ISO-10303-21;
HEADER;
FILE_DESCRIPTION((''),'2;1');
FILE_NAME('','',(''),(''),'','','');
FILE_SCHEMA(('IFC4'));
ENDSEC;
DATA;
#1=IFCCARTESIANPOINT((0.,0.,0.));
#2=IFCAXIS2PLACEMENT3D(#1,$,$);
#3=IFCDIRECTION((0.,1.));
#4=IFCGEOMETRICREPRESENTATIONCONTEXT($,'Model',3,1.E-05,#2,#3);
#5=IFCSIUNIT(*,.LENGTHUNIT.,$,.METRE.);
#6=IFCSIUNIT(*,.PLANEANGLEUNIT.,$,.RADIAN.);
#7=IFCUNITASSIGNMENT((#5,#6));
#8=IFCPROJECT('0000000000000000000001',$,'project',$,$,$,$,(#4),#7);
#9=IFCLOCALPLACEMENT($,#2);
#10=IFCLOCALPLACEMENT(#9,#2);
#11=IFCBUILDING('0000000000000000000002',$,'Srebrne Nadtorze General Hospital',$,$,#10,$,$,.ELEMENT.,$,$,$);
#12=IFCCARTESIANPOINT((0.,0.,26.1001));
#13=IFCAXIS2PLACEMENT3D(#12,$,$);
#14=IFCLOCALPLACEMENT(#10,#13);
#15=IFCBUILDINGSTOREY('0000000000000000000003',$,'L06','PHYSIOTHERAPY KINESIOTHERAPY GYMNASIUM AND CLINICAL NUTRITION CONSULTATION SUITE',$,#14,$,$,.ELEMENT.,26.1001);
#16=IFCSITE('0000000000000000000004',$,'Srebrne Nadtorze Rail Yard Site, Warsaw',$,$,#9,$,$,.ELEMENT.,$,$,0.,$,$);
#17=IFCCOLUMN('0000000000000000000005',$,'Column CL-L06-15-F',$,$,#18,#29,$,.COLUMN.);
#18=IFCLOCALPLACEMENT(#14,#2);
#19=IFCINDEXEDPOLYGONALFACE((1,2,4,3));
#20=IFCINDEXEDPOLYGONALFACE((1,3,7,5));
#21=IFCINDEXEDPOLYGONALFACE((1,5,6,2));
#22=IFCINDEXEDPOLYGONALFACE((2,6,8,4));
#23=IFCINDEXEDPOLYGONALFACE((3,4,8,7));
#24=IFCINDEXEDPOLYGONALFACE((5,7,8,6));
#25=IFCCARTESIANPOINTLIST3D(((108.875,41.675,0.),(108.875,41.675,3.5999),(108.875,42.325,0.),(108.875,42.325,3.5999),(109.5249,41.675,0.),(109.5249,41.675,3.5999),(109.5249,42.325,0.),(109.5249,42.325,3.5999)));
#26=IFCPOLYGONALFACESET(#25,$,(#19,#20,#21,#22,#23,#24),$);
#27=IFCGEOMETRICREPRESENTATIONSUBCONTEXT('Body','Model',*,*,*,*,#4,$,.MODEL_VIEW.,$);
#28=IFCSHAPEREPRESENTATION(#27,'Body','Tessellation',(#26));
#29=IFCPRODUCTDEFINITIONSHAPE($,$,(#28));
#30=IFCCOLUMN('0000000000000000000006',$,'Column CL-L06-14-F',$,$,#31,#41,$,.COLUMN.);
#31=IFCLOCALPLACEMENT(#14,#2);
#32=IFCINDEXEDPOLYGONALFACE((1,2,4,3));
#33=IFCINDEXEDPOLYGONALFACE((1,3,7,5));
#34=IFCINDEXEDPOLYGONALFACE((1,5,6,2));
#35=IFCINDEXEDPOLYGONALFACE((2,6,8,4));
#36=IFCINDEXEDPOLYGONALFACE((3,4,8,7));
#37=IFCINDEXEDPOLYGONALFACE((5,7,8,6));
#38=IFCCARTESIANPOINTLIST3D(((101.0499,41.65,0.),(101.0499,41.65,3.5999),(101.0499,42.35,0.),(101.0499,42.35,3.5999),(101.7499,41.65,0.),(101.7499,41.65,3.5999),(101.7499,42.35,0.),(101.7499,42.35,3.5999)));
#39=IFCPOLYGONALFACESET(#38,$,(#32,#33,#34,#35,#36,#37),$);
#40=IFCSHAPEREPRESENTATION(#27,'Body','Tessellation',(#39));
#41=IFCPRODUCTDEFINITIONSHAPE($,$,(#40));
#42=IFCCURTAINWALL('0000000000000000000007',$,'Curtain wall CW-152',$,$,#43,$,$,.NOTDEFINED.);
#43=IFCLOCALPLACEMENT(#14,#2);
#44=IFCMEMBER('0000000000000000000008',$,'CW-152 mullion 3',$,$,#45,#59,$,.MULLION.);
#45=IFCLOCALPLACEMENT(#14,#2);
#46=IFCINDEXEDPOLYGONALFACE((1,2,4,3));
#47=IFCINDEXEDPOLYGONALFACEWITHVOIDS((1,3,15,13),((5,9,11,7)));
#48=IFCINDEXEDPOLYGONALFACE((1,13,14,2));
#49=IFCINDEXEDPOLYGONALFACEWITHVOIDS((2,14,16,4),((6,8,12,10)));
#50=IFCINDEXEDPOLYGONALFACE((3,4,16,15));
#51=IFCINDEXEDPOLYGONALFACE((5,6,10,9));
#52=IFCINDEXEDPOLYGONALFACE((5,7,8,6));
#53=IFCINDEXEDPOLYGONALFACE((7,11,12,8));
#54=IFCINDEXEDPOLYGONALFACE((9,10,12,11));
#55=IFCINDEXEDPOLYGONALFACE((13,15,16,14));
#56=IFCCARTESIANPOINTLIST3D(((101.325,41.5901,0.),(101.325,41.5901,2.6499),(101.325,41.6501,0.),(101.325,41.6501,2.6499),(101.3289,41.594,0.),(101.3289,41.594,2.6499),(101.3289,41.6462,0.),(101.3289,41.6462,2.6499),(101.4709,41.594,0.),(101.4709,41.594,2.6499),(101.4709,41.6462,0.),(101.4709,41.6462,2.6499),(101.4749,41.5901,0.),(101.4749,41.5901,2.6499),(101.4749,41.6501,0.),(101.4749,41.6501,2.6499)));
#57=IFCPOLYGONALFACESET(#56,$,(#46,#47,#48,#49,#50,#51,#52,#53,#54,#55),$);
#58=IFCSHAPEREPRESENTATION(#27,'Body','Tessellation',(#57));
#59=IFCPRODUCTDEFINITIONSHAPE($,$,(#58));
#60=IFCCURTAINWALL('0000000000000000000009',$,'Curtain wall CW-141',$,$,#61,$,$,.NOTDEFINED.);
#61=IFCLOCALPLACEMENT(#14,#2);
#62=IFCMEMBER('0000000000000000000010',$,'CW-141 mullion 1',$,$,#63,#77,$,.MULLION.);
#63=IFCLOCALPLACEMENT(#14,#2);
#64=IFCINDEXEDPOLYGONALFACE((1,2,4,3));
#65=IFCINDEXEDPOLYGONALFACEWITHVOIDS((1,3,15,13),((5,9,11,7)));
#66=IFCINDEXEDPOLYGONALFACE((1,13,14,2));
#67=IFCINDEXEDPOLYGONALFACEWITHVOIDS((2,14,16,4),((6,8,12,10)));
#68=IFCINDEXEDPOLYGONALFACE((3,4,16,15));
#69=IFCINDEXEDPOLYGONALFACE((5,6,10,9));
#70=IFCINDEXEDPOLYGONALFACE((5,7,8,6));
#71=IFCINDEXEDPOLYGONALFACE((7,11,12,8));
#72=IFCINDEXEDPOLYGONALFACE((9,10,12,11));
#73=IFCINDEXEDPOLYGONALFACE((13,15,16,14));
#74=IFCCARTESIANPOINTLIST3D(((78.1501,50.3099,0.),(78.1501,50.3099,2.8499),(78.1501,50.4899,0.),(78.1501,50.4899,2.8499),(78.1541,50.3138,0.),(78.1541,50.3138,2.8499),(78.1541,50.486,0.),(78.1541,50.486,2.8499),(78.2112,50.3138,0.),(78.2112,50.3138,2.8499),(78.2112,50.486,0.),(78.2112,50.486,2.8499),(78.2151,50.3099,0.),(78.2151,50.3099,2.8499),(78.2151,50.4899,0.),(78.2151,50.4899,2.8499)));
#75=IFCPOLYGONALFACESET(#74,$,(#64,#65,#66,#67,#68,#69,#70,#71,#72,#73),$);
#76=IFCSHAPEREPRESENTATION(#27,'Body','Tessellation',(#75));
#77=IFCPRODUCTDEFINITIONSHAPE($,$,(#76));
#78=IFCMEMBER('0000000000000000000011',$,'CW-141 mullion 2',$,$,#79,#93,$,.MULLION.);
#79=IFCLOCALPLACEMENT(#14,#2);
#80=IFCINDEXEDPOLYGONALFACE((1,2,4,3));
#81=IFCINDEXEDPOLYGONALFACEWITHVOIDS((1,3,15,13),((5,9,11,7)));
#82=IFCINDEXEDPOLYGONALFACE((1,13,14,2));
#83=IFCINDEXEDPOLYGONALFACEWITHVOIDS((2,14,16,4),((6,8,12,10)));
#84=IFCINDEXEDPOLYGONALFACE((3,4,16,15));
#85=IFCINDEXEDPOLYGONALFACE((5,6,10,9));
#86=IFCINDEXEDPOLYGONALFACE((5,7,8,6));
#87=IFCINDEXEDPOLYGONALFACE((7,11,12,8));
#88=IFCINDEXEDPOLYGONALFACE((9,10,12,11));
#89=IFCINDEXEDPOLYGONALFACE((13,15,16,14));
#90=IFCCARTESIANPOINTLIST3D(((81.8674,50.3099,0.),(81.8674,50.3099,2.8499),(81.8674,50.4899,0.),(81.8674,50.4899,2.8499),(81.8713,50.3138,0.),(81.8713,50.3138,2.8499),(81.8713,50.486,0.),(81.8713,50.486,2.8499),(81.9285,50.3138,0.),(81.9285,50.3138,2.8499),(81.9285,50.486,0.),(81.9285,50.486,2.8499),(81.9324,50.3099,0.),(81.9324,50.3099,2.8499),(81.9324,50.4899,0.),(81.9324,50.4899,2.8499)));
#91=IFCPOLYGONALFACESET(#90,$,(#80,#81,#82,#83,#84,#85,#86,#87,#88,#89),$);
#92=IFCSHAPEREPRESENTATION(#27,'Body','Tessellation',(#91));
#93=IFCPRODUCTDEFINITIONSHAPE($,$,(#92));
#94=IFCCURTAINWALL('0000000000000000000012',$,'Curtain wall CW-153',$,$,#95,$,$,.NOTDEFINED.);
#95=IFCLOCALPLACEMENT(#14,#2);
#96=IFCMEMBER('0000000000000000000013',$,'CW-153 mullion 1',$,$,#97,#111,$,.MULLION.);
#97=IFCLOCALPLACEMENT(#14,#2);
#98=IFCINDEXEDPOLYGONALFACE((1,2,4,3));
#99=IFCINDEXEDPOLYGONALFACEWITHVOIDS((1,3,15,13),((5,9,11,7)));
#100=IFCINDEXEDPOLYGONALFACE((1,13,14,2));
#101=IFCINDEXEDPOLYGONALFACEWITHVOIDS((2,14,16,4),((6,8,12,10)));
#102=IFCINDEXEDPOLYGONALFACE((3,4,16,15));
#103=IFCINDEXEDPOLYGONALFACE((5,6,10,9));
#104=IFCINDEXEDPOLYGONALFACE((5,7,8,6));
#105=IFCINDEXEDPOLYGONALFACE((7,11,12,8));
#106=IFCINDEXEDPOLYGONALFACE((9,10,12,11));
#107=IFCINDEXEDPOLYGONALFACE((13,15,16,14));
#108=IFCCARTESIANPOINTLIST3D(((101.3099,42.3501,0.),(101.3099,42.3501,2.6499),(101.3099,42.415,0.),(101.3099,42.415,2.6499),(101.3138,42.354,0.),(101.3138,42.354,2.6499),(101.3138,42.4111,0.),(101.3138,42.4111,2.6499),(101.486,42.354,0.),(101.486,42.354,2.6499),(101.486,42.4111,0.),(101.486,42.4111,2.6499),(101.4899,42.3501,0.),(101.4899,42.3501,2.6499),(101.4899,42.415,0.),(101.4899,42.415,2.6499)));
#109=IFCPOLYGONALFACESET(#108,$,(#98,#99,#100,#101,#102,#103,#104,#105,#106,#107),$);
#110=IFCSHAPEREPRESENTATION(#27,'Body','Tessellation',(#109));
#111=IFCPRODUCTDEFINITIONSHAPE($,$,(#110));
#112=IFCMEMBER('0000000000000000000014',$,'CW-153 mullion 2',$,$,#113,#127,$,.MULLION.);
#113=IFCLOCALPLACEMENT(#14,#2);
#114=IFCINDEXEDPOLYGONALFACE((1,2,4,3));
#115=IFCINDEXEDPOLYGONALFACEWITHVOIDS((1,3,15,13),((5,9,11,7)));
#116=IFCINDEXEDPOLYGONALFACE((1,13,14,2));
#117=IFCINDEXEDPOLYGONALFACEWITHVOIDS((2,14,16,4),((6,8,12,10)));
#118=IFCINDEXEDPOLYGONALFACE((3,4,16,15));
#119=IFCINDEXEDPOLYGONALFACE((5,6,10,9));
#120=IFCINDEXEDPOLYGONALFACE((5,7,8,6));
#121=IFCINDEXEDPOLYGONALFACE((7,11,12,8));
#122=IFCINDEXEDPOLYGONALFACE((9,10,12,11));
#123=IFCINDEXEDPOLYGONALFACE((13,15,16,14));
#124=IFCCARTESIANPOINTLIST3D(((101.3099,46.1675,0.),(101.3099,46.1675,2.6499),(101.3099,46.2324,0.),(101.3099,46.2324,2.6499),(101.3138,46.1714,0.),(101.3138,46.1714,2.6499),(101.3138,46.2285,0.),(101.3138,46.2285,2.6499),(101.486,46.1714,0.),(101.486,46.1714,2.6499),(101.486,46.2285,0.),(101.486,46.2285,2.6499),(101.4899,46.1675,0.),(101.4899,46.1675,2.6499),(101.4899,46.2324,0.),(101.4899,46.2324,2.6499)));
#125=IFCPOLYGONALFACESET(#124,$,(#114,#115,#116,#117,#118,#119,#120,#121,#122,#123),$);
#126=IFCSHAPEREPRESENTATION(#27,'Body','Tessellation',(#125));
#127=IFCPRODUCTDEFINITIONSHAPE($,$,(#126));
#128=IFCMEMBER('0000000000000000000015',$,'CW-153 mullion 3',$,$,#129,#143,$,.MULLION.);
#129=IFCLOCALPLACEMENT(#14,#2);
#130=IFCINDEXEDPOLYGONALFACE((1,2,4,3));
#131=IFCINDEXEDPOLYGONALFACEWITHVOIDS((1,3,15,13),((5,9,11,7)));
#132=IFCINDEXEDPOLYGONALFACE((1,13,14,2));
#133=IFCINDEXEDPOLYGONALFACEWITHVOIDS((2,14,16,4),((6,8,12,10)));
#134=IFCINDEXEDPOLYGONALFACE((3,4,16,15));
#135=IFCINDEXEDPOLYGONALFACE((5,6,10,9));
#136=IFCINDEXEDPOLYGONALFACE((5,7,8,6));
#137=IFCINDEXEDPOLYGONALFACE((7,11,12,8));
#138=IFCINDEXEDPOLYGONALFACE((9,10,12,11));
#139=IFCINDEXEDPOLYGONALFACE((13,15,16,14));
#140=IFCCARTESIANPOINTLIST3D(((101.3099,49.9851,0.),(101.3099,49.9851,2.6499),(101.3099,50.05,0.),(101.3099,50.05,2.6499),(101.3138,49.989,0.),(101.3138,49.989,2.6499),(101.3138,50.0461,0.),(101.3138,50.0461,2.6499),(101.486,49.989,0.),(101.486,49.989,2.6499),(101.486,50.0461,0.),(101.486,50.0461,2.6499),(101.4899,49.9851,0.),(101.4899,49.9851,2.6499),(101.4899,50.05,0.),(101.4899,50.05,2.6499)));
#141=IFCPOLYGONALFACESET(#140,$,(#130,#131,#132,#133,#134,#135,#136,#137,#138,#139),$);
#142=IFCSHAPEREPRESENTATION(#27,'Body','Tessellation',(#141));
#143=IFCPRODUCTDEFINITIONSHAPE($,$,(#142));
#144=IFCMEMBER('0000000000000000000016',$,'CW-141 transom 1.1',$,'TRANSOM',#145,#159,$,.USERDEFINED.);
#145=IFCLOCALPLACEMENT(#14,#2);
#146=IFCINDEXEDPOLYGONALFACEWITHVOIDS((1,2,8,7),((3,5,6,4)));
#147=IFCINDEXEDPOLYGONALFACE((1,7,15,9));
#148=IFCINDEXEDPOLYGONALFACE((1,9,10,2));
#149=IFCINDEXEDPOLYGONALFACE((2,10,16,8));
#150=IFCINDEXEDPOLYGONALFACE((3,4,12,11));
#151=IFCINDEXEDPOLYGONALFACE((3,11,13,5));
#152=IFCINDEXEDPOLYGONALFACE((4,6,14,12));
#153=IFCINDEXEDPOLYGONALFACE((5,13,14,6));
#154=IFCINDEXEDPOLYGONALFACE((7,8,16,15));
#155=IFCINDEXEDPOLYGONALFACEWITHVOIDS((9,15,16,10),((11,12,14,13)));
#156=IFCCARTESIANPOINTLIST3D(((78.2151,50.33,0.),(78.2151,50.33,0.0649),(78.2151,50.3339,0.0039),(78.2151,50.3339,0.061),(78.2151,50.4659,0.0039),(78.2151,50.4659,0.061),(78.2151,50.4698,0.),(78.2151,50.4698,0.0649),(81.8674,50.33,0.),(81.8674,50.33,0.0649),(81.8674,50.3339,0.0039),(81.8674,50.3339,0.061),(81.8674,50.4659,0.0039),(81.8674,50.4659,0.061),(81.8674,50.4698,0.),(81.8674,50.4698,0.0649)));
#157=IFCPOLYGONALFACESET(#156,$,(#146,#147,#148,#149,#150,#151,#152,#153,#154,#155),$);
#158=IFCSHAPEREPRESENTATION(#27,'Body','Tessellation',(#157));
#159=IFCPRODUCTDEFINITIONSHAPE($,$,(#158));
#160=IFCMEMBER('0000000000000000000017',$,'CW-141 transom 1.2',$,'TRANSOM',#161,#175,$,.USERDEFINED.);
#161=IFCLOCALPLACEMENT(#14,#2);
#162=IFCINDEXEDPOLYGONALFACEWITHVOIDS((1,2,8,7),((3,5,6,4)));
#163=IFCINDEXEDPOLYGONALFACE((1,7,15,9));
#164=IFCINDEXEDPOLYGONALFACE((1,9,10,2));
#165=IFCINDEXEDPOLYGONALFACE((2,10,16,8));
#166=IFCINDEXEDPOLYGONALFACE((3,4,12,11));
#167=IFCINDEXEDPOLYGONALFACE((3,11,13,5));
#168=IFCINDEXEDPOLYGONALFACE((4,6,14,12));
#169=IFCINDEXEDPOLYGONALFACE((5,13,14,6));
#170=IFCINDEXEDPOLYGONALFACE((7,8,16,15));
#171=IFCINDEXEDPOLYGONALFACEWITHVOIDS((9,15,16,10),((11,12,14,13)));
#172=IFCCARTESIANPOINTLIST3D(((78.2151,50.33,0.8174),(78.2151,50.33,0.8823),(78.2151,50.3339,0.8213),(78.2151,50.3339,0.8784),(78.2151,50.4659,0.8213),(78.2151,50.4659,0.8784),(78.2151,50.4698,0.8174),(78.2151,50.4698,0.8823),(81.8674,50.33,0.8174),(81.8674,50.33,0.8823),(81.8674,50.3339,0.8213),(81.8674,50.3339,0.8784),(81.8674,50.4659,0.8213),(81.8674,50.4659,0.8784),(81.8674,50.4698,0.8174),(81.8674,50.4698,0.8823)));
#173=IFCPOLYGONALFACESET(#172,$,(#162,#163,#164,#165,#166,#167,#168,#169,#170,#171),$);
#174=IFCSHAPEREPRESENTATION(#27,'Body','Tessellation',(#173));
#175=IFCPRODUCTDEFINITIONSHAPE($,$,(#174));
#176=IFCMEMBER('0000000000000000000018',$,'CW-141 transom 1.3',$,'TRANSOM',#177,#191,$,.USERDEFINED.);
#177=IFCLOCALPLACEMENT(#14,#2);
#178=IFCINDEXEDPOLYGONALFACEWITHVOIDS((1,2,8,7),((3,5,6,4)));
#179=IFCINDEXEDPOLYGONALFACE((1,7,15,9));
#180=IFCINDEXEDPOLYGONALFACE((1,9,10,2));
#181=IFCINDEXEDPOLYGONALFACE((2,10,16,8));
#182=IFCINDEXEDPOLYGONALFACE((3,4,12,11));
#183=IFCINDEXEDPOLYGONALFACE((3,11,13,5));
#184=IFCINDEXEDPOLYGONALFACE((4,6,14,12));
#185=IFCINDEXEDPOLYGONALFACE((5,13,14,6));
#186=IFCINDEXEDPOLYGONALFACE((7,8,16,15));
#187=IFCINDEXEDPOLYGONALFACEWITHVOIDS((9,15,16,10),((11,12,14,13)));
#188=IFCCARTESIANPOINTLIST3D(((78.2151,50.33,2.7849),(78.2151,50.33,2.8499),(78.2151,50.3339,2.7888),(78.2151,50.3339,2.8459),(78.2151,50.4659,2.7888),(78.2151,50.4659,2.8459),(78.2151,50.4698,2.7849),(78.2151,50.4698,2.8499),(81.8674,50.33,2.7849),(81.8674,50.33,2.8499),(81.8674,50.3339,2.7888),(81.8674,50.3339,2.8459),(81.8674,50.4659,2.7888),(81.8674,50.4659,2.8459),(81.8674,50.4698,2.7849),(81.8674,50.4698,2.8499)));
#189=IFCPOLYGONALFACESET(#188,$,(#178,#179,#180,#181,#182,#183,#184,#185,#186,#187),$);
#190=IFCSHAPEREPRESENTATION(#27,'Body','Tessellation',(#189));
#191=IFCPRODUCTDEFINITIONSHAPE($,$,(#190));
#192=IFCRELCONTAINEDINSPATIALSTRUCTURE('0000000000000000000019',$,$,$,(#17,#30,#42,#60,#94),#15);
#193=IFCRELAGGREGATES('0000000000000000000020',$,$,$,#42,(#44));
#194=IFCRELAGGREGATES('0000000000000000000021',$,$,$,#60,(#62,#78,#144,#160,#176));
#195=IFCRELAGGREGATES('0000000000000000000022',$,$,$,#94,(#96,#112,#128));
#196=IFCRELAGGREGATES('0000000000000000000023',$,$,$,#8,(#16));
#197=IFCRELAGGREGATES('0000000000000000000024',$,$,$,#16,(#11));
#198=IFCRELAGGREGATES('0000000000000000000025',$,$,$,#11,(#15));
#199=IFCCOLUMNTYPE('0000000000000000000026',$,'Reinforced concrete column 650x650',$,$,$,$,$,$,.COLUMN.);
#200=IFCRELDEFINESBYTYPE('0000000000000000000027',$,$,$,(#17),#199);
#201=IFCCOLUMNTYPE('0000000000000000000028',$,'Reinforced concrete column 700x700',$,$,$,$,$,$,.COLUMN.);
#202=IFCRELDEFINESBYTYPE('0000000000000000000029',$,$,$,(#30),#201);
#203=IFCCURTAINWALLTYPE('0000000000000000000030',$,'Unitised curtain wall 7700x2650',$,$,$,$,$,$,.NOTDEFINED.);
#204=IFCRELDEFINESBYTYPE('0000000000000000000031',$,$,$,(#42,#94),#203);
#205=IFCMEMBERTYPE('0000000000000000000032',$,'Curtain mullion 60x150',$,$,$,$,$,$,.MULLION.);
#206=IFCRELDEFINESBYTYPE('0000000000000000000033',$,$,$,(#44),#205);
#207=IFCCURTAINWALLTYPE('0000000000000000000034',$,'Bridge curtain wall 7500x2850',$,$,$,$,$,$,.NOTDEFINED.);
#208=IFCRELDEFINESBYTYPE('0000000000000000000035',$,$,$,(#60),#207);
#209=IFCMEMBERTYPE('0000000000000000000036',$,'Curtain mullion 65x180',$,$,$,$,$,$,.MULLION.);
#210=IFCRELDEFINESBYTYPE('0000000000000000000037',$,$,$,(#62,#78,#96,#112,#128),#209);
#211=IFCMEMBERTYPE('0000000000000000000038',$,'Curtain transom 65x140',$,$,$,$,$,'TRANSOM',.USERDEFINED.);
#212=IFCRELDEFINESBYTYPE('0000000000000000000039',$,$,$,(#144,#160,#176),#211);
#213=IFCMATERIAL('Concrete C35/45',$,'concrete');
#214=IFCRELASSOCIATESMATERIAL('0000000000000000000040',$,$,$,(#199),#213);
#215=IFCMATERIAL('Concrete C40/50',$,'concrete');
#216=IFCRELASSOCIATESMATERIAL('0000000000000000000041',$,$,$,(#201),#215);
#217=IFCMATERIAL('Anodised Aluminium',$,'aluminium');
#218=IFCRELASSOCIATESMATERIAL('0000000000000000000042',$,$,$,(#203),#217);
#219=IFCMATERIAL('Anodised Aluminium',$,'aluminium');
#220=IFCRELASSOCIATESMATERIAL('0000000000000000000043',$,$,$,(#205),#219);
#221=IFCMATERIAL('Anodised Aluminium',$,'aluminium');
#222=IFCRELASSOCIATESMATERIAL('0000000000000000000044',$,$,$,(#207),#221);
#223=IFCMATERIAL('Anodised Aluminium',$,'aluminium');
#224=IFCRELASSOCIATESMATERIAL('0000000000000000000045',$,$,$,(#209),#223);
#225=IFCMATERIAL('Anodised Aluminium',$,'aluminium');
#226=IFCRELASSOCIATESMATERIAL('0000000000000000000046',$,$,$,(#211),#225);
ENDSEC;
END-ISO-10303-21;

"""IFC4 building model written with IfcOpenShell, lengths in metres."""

from ifc_helpers import new_model, si_unit, direction, frame, origin, origin_2d, place, context, subcontext, project, spatial, rectangle, hollow_rectangle, extrude, material, material_profile, profile_set, type_object, element, aggregate, save


model = new_model("IFC4")

# Units and contexts
model_context = context("Model", 3, precision=1e-05, world=origin(), true_north=direction((0.0, 1.0)))
body_context = subcontext(model_context, "Body", "Model", "MODEL_VIEW")
ifc_project = project(units=[si_unit("LENGTHUNIT", "METRE"), si_unit("PLANEANGLEUNIT", "RADIAN")], contexts=[model_context])

# Site, building, storey
site_placement = place(None, origin())
site = spatial("IfcSite", under=ifc_project, at=site_placement, Name="Srebrne Nadtorze Rail Yard Site, Warsaw", CompositionType="ELEMENT", RefElevation=0.0)
building_placement = place(site_placement, origin())
building = spatial("IfcBuilding", under=site, at=building_placement, Name="Srebrne Nadtorze General Hospital", CompositionType="ELEMENT")
storey_placement = place(building_placement, frame((0.0, 0.0, 26.1001)))
storey = spatial("IfcBuildingStorey", under=building, at=storey_placement, Name="L06", Description="PHYSIOTHERAPY KINESIOTHERAPY GYMNASIUM AND CLINICAL NUTRITION CONSULTATION SUITE", CompositionType="ELEMENT", Elevation=26.1001)

# Columns
ifc_material_1 = material(Name="Concrete C35/45", Category="concrete")
ifc_material_profile_1 = material_profile(ifc_material_1, rectangle(XDim=0.6499, YDim=0.6499, at=origin_2d()), Name="RC-COL-650x650")
ifc_profile_set_1 = profile_set([ifc_material_profile_1], Name="Concrete C35/45")
column_type_1 = type_object("IfcColumnType", Name="Reinforced concrete column 650x650", PredefinedType="COLUMN", material=ifc_profile_set_1)
column_1_placement = place(storey_placement, frame((109.2, 42.0, 0.0), z_axis=(0.0, 0.0, 1.0), x_axis=(1.0, 0.0, 0.0)))
element("IfcColumn", 1, at=column_1_placement, inside=storey, type_object=column_type_1, Name="Column CL-L06-15-F", PredefinedType="COLUMN", context=body_context, shape_type="SweptSolid", body=[
    extrude(rectangle(XDim=0.6499, YDim=0.6499, at=origin_2d()), origin(), (0.0, 0.0, 1.0), 3.5999),
])
ifc_material_2 = material(Name="Concrete C40/50", Category="concrete")
ifc_material_profile_2 = material_profile(ifc_material_2, rectangle(XDim=0.7, YDim=0.7, at=origin_2d()), Name="RC-COL-700x700")
ifc_profile_set_2 = profile_set([ifc_material_profile_2], Name="Concrete C40/50")
column_type_2 = type_object("IfcColumnType", Name="Reinforced concrete column 700x700", PredefinedType="COLUMN", material=ifc_profile_set_2)
column_2_placement = place(storey_placement, frame((101.3999, 42.0, 0.0), z_axis=(0.0, 0.0, 1.0), x_axis=(1.0, 0.0, 0.0)))
element("IfcColumn", 2, at=column_2_placement, inside=storey, type_object=column_type_2, Name="Column CL-L06-14-F", PredefinedType="COLUMN", context=body_context, shape_type="SweptSolid", body=[
    extrude(rectangle(XDim=0.7, YDim=0.7, at=origin_2d()), origin(), (0.0, 0.0, 1.0), 3.5999),
])

# Curtain wall, member
ifc_material_3 = material(Name="Anodised Aluminium", Category="aluminium")
curtain_wall_type_1 = type_object("IfcCurtainWallType", Name="Unitised curtain wall 7700x2650", PredefinedType="NOTDEFINED", material=ifc_material_3)
curtain_wall_1_placement = place(storey_placement, origin())
curtain_wall_1 = element("IfcCurtainWall", 3, at=curtain_wall_1_placement, inside=storey, type_object=curtain_wall_type_1, Name="Curtain wall CW-152", PredefinedType="NOTDEFINED")
ifc_material_4 = material(Name="Anodised Aluminium", Category="aluminium")
ifc_material_profile_3 = material_profile(ifc_material_4, hollow_rectangle(XDim=0.0601, YDim=0.1499, WallThickness=0.0039, at=origin_2d()), Name="AL-MUL-60x150")
ifc_profile_set_3 = profile_set([ifc_material_profile_3], Name="Anodised Aluminium")
member_type_1 = type_object("IfcMemberType", Name="Curtain mullion 60x150", PredefinedType="MULLION", material=ifc_profile_set_3)
member_1_placement = place(storey_placement, frame((101.3999, 41.6201, 0.0), z_axis=(0.0, 0.0, 1.0), x_axis=(0.0, 1.0, 0.0)))
member_1 = element("IfcMember", 4, at=member_1_placement, type_object=member_type_1, Name="CW-152 mullion 3", PredefinedType="MULLION", context=body_context, shape_type="SweptSolid", body=[
    extrude(hollow_rectangle(XDim=0.0601, YDim=0.1499, WallThickness=0.0039, at=origin_2d()), origin(), (0.0, 0.0, 1.0), 2.6499),
])
aggregate(curtain_wall_1, [member_1])

# Curtain walls, members
ifc_material_5 = material(Name="Anodised Aluminium", Category="aluminium")
curtain_wall_type_2 = type_object("IfcCurtainWallType", Name="Bridge curtain wall 7500x2850", PredefinedType="NOTDEFINED", material=ifc_material_5)
curtain_wall_2_placement = place(storey_placement, origin())
curtain_wall_2 = element("IfcCurtainWall", 5, at=curtain_wall_2_placement, inside=storey, type_object=curtain_wall_type_2, Name="Curtain wall CW-141", PredefinedType="NOTDEFINED")
ifc_material_6 = material(Name="Anodised Aluminium", Category="aluminium")
ifc_material_profile_4 = material_profile(ifc_material_6, hollow_rectangle(XDim=0.0649, YDim=0.1799, WallThickness=0.0039, at=origin_2d()), Name="AL-MUL-65x180")
ifc_profile_set_4 = profile_set([ifc_material_profile_4], Name="Anodised Aluminium")
member_type_2 = type_object("IfcMemberType", Name="Curtain mullion 65x180", PredefinedType="MULLION", material=ifc_profile_set_4)
member_2_placement = place(storey_placement, frame((78.1826, 50.3999, 0.0), z_axis=(0.0, 0.0, 1.0), x_axis=(1.0, 0.0, 0.0)))
member_2 = element("IfcMember", 6, at=member_2_placement, type_object=member_type_2, Name="CW-141 mullion 1", PredefinedType="MULLION", context=body_context, shape_type="SweptSolid", body=[
    extrude(hollow_rectangle(XDim=0.0649, YDim=0.1799, WallThickness=0.0039, at=origin_2d()), origin(), (0.0, 0.0, 1.0), 2.8499),
])
member_3_placement = place(storey_placement, frame((81.8999, 50.3999, 0.0), z_axis=(0.0, 0.0, 1.0), x_axis=(1.0, 0.0, 0.0)))
member_3 = element("IfcMember", 7, at=member_3_placement, type_object=member_type_2, Name="CW-141 mullion 2", PredefinedType="MULLION", context=body_context, shape_type="SweptSolid", body=[
    extrude(hollow_rectangle(XDim=0.0649, YDim=0.1799, WallThickness=0.0039, at=origin_2d()), origin(), (0.0, 0.0, 1.0), 2.8499),
])
curtain_wall_3_placement = place(storey_placement, origin())
curtain_wall_3 = element("IfcCurtainWall", 8, at=curtain_wall_3_placement, inside=storey, type_object=curtain_wall_type_1, Name="Curtain wall CW-153", PredefinedType="NOTDEFINED")
member_4_placement = place(storey_placement, frame((101.3999, 42.3826, 0.0), z_axis=(0.0, 0.0, 1.0), x_axis=(0.0, 1.0, 0.0)))
member_4 = element("IfcMember", 9, at=member_4_placement, type_object=member_type_2, Name="CW-153 mullion 1", PredefinedType="MULLION", context=body_context, shape_type="SweptSolid", body=[
    extrude(hollow_rectangle(XDim=0.0649, YDim=0.1799, WallThickness=0.0039, at=origin_2d()), origin(), (0.0, 0.0, 1.0), 2.6499),
])
member_5_placement = place(storey_placement, frame((101.3999, 46.2, 0.0), z_axis=(0.0, 0.0, 1.0), x_axis=(0.0, 1.0, 0.0)))
member_5 = element("IfcMember", 10, at=member_5_placement, type_object=member_type_2, Name="CW-153 mullion 2", PredefinedType="MULLION", context=body_context, shape_type="SweptSolid", body=[
    extrude(hollow_rectangle(XDim=0.0649, YDim=0.1799, WallThickness=0.0039, at=origin_2d()), origin(), (0.0, 0.0, 1.0), 2.6499),
])
member_6_placement = place(storey_placement, frame((101.3999, 50.0176, 0.0), z_axis=(0.0, 0.0, 1.0), x_axis=(0.0, 1.0, 0.0)))
member_6 = element("IfcMember", 11, at=member_6_placement, type_object=member_type_2, Name="CW-153 mullion 3", PredefinedType="MULLION", context=body_context, shape_type="SweptSolid", body=[
    extrude(hollow_rectangle(XDim=0.0649, YDim=0.1799, WallThickness=0.0039, at=origin_2d()), origin(), (0.0, 0.0, 1.0), 2.6499),
])

# Members
ifc_material_7 = material(Name="Anodised Aluminium", Category="aluminium")
ifc_material_profile_5 = material_profile(ifc_material_7, hollow_rectangle(XDim=0.0649, YDim=0.1399, WallThickness=0.0039, at=origin_2d()), Name="AL-TRN-65x140")
ifc_profile_set_5 = profile_set([ifc_material_profile_5], Name="Anodised Aluminium")
member_type_3 = type_object("IfcMemberType", Name="Curtain transom 65x140", ElementType="TRANSOM", PredefinedType="USERDEFINED", material=ifc_profile_set_5)
member_7_placement = place(storey_placement, frame((78.2151, 50.3999, 0.0325), z_axis=(1.0, 0.0, 0.0), x_axis=(0.0, 0.0, 1.0)))
member_7 = element("IfcMember", 12, at=member_7_placement, type_object=member_type_3, Name="CW-141 transom 1.1", ObjectType="TRANSOM", PredefinedType="USERDEFINED", context=body_context, shape_type="SweptSolid", body=[
    extrude(hollow_rectangle(XDim=0.0649, YDim=0.1399, WallThickness=0.0039, at=origin_2d()), origin(), (0.0, 0.0, 1.0), 3.6523),
])
member_8_placement = place(storey_placement, frame((78.2151, 50.3999, 0.8499), z_axis=(1.0, 0.0, 0.0), x_axis=(0.0, 0.0, 1.0)))
member_8 = element("IfcMember", 13, at=member_8_placement, type_object=member_type_3, Name="CW-141 transom 1.2", ObjectType="TRANSOM", PredefinedType="USERDEFINED", context=body_context, shape_type="SweptSolid", body=[
    extrude(hollow_rectangle(XDim=0.0649, YDim=0.1399, WallThickness=0.0039, at=origin_2d()), origin(), (0.0, 0.0, 1.0), 3.6523),
])
member_9_placement = place(storey_placement, frame((78.2151, 50.3999, 2.8174), z_axis=(1.0, 0.0, 0.0), x_axis=(0.0, 0.0, 1.0)))
member_9 = element("IfcMember", 14, at=member_9_placement, type_object=member_type_3, Name="CW-141 transom 1.3", ObjectType="TRANSOM", PredefinedType="USERDEFINED", context=body_context, shape_type="SweptSolid", body=[
    extrude(hollow_rectangle(XDim=0.0649, YDim=0.1399, WallThickness=0.0039, at=origin_2d()), origin(), (0.0, 0.0, 1.0), 3.6523),
])

aggregate(curtain_wall_2, [member_2, member_3, member_7, member_8, member_9])
aggregate(curtain_wall_3, [member_4, member_5, member_6])

save(model, "model.ifc")
